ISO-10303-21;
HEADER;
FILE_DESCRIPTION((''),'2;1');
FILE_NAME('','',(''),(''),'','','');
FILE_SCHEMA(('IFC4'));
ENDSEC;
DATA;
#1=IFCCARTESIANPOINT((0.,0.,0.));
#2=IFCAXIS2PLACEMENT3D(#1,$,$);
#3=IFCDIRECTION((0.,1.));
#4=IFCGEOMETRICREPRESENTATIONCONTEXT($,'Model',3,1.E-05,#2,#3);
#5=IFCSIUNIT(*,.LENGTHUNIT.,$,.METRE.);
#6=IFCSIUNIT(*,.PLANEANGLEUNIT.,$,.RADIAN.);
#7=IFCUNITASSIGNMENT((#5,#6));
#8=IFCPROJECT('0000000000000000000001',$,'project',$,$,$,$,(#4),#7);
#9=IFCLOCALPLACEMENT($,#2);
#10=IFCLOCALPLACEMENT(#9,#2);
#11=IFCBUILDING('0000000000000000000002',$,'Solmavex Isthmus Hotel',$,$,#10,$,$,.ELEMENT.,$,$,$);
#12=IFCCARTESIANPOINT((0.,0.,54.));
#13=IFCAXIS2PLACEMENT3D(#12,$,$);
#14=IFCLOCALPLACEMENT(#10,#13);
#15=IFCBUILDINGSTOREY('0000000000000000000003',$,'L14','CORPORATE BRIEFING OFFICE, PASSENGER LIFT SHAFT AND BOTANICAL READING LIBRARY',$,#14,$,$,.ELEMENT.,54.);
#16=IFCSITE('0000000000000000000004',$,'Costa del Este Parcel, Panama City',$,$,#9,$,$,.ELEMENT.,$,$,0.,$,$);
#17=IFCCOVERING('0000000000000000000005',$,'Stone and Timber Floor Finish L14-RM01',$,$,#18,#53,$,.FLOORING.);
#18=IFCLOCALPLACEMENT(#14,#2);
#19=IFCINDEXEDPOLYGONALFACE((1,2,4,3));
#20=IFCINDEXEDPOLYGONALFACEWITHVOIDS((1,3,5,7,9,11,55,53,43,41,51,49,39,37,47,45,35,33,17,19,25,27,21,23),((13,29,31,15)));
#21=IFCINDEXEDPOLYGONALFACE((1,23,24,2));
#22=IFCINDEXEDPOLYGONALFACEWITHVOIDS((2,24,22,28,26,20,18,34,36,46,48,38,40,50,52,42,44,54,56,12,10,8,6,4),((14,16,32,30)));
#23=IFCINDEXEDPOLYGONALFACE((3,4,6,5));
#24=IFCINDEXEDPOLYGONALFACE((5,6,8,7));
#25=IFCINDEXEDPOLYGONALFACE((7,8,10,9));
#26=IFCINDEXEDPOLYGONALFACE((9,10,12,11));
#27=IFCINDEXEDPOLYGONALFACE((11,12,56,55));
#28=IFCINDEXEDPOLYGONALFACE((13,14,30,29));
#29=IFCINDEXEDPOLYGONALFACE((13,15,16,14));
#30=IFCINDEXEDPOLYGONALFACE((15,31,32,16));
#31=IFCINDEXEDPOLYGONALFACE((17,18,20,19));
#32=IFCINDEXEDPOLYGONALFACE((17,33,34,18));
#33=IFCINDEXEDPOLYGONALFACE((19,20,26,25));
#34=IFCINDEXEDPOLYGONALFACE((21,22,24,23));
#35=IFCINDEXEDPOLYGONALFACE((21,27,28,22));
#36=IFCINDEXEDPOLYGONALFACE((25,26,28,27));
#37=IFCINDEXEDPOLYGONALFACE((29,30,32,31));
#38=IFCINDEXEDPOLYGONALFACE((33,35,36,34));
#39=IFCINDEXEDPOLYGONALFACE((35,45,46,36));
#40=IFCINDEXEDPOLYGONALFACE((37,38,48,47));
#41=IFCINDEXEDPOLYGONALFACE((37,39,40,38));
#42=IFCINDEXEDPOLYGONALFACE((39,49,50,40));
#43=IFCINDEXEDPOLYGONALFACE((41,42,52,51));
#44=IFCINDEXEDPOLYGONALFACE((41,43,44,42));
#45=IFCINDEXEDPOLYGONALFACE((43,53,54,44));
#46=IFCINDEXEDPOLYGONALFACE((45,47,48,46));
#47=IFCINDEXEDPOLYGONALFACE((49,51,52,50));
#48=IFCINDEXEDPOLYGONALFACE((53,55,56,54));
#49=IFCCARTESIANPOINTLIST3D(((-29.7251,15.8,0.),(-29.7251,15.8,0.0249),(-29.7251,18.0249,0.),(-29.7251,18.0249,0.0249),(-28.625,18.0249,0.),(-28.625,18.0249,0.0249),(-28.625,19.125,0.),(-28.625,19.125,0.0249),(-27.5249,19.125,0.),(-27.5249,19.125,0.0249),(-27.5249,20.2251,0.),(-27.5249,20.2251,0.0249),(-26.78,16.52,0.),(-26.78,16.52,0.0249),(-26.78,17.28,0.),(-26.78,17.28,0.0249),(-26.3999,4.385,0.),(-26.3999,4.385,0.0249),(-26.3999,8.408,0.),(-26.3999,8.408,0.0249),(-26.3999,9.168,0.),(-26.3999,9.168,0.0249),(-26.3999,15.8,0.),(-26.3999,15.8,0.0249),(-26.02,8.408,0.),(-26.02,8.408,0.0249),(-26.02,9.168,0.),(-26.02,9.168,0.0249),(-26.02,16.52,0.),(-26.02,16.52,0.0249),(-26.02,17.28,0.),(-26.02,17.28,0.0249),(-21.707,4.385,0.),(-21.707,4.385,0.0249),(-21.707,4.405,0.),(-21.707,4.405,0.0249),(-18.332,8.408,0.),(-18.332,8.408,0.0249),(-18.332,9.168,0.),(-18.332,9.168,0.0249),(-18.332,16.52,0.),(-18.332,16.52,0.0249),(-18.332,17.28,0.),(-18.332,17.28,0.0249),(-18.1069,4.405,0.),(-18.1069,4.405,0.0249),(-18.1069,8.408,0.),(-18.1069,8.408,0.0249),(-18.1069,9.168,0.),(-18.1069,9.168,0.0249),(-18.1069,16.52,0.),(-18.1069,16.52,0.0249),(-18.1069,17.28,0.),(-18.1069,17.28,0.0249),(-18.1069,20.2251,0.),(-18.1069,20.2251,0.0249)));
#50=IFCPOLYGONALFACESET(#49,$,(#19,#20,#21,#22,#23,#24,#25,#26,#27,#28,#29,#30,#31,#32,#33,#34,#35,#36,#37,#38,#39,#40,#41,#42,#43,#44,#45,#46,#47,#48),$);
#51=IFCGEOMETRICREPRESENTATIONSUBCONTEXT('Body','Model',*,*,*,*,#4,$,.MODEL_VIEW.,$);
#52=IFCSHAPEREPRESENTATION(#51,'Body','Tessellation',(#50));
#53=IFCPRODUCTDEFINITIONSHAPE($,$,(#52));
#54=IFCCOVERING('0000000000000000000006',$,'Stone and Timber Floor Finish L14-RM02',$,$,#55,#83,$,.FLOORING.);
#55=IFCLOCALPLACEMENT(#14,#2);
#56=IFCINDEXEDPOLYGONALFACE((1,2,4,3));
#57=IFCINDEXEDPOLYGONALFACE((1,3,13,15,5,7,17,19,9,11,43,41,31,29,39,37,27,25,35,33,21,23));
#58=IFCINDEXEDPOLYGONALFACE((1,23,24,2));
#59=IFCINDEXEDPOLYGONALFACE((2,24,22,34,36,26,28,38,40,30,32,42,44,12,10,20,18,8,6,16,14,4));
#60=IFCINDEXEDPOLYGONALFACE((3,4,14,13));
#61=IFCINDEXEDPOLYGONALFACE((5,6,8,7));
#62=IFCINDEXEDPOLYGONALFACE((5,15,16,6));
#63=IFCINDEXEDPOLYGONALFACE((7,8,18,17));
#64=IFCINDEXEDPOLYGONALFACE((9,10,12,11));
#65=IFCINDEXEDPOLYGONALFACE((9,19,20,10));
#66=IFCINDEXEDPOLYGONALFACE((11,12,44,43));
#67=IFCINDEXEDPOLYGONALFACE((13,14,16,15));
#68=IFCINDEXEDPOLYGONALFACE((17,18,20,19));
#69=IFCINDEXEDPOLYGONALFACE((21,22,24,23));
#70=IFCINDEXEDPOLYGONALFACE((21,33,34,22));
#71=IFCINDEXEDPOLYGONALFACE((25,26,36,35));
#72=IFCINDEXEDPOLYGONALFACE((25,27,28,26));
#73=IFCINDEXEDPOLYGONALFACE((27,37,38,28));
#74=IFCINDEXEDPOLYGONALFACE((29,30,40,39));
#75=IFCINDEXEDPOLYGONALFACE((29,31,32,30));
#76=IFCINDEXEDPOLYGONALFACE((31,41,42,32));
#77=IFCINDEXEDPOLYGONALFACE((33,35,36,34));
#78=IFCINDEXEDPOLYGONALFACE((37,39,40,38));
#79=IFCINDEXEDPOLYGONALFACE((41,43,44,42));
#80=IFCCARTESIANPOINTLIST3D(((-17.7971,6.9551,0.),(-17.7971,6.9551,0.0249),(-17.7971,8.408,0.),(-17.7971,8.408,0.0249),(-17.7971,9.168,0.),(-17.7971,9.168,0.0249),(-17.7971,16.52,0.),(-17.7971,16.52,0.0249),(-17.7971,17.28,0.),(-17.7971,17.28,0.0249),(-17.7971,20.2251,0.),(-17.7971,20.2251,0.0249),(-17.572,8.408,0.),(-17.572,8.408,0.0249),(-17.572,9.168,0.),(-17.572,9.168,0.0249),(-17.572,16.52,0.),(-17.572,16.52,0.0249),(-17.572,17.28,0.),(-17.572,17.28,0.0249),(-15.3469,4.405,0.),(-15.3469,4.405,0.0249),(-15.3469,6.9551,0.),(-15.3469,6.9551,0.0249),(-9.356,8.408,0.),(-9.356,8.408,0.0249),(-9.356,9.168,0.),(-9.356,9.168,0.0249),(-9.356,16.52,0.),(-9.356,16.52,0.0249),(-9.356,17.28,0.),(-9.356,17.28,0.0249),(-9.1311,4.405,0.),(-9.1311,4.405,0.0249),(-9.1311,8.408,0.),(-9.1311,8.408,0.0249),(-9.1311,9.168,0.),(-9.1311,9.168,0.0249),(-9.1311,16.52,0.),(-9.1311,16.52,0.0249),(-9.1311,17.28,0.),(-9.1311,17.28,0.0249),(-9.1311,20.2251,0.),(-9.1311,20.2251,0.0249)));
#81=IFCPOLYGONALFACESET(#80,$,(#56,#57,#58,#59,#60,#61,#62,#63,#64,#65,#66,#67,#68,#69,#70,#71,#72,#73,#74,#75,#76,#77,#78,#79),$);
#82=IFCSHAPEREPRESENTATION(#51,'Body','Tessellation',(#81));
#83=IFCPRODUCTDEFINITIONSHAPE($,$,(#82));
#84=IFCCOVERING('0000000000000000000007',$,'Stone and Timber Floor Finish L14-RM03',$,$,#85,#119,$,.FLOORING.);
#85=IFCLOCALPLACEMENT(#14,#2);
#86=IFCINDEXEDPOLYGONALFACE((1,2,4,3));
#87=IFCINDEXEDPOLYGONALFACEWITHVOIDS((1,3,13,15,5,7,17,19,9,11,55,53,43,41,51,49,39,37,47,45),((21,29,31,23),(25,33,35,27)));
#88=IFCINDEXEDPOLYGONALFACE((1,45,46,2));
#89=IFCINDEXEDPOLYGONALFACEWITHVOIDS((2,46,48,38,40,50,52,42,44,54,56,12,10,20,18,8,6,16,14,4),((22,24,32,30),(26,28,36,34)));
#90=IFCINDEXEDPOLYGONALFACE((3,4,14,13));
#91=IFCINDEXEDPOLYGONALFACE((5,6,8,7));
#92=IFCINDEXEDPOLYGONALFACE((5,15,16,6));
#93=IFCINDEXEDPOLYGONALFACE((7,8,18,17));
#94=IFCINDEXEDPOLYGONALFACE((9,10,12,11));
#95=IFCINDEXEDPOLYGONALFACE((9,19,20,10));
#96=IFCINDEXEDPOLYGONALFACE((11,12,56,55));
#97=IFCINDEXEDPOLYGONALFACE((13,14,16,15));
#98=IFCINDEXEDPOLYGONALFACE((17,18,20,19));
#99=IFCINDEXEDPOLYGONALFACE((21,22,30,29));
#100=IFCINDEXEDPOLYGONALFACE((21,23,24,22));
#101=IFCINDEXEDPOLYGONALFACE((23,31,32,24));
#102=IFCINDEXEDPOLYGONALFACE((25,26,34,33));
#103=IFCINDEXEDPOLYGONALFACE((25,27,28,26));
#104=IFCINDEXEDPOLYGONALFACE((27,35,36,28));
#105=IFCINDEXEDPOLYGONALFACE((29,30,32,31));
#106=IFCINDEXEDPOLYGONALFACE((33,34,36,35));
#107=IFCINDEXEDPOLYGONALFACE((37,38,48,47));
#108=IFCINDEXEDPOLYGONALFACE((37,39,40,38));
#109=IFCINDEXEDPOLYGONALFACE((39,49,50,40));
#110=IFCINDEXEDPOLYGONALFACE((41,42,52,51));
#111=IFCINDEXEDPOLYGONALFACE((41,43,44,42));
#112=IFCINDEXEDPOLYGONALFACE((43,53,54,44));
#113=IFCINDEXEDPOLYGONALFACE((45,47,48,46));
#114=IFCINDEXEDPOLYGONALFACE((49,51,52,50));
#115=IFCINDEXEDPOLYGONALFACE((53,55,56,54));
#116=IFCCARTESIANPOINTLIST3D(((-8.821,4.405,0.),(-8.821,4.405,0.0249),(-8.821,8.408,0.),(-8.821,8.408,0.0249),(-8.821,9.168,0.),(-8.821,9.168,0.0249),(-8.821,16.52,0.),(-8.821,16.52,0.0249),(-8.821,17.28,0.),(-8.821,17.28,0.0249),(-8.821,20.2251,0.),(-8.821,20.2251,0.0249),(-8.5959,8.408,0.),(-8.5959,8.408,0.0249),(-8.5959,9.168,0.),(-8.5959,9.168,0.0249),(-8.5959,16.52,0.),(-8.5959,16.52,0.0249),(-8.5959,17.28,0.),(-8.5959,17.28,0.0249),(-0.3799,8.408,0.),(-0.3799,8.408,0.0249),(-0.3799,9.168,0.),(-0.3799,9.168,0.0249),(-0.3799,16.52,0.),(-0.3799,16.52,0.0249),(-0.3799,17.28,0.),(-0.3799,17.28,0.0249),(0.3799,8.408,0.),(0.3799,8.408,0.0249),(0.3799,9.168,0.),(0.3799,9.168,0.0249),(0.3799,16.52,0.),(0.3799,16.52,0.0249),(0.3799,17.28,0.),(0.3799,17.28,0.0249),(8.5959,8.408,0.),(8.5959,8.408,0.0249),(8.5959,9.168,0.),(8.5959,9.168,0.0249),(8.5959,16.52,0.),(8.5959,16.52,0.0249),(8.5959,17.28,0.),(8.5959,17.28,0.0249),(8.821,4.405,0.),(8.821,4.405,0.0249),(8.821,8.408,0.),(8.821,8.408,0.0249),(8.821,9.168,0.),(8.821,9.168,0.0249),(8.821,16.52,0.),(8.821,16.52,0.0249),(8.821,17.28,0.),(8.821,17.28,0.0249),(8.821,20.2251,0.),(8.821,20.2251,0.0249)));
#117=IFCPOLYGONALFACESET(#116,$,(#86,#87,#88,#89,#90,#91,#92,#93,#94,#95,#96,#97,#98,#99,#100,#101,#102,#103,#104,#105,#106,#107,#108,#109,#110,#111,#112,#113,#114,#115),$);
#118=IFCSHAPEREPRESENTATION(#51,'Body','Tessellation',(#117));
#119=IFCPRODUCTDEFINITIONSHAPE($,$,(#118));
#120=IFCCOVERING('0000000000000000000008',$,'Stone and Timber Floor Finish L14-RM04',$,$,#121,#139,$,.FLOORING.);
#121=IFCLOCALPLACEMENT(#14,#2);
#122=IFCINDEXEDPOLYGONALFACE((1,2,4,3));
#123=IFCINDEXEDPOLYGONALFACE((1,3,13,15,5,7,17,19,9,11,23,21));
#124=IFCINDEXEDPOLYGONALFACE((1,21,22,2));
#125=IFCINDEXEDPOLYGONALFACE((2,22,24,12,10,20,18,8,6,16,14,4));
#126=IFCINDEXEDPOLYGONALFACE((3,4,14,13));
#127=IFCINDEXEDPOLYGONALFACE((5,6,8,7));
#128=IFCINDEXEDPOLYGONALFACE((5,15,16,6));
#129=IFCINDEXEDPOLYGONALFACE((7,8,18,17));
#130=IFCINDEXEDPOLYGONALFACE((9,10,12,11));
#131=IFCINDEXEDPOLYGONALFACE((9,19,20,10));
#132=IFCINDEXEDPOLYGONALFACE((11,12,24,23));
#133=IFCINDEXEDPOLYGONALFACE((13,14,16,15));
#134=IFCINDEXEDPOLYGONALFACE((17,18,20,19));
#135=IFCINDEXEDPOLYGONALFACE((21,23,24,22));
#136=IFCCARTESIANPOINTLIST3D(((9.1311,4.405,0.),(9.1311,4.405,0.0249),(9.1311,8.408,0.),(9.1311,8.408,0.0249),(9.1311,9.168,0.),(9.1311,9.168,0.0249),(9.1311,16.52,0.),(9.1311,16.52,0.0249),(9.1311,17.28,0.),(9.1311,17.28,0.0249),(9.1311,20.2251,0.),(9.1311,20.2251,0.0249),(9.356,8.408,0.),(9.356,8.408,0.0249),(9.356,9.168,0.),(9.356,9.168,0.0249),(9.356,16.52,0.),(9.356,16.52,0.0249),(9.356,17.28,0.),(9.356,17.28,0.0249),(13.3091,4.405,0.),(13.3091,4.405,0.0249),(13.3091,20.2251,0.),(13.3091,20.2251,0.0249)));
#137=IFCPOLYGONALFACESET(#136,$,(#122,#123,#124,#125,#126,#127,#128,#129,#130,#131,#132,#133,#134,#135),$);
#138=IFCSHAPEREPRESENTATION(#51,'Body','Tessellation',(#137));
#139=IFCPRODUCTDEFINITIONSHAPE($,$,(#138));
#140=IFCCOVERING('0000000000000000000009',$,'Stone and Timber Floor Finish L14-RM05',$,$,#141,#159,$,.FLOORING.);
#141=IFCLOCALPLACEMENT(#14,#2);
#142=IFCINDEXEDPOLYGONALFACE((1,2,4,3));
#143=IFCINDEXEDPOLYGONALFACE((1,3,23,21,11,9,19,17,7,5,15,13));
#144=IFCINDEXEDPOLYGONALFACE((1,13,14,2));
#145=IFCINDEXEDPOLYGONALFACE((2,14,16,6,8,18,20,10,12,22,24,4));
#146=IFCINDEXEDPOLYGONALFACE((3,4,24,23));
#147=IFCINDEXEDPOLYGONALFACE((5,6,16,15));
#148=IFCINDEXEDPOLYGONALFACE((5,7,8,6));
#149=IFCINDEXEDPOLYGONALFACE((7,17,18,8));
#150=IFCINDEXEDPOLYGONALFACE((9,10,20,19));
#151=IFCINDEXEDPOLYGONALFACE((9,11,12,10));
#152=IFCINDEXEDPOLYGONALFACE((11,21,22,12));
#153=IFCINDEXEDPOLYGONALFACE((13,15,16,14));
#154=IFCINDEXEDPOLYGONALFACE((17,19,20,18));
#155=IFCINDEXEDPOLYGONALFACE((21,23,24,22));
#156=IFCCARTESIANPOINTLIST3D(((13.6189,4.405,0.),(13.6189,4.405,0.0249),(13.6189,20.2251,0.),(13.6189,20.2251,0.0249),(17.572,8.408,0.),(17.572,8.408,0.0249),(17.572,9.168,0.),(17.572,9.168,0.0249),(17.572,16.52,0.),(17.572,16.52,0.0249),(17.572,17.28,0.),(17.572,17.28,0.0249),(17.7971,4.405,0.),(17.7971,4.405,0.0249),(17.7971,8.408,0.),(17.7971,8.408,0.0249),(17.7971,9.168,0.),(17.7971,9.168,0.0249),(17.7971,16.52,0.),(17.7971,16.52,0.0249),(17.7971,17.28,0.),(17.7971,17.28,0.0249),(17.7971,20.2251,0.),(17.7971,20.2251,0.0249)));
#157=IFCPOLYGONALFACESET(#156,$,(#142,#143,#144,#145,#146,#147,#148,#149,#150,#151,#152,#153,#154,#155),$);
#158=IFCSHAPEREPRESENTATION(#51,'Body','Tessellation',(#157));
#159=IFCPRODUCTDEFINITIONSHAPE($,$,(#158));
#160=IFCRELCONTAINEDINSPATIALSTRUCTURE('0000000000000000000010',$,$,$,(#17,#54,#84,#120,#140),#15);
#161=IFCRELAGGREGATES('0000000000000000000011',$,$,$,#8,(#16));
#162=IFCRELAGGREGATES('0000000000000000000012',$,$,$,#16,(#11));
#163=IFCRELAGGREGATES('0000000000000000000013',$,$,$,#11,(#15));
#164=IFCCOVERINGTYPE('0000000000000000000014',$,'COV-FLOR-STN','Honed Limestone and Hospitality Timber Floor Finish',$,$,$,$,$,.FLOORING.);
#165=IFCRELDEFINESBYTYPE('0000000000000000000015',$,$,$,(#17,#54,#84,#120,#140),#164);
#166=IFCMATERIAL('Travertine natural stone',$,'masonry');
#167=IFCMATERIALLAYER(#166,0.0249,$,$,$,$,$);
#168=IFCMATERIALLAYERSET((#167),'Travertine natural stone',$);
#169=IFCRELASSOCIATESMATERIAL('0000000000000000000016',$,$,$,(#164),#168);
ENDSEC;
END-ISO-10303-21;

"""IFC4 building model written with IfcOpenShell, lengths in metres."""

from ifc_helpers import new_model, si_unit, direction, frame, origin, place, context, subcontext, project, spatial, polyline, outline, extrude, material, layer, layer_set, type_object, element, save


model = new_model("IFC4")

# Units and contexts
model_context = context("Model", 3, precision=1e-05, world=origin(), true_north=direction((0.0, 1.0)))
body_context = subcontext(model_context, "Body", "Model", "MODEL_VIEW")
ifc_project = project(units=[si_unit("LENGTHUNIT", "METRE"), si_unit("PLANEANGLEUNIT", "RADIAN")], contexts=[model_context])

# Site, building, storey
site_placement = place(None, origin())
site = spatial("IfcSite", under=ifc_project, at=site_placement, Name="Costa del Este Parcel, Panama City", CompositionType="ELEMENT", RefElevation=0.0)
building_placement = place(site_placement, origin())
building = spatial("IfcBuilding", under=site, at=building_placement, Name="Solmavex Isthmus Hotel", CompositionType="ELEMENT")
storey_placement = place(building_placement, frame((0.0, 0.0, 54.0)))
storey = spatial("IfcBuildingStorey", under=building, at=storey_placement, Name="L14", Description="CORPORATE BRIEFING OFFICE, PASSENGER LIFT SHAFT AND BOTANICAL READING LIBRARY", CompositionType="ELEMENT", Elevation=54.0)

# Coverings
ifc_material_1 = material(Name="Travertine natural stone", Category="masonry")
ifc_layer_1 = layer(ifc_material_1, 0.0249)
ifc_layer_set_1 = layer_set([ifc_layer_1], Name="Travertine natural stone")
covering_type_1 = type_object("IfcCoveringType", Name="COV-FLOR-STN", Description="Honed Limestone and Hospitality Timber Floor Finish", PredefinedType="FLOORING", material=ifc_layer_set_1)
covering_1_placement = place(storey_placement, origin())
element("IfcCovering", 1, at=covering_1_placement, inside=storey, type_object=covering_type_1, Name="Stone and Timber Floor Finish L14-RM01", PredefinedType="FLOORING", context=body_context, shape_type="SweptSolid", body=[
    extrude(outline(polyline([(-21.707, 4.385), (-21.707, 4.405), (-18.1069, 4.405), (-18.1069, 8.408), (-18.332, 8.408), (-18.332, 9.168), (-18.1069, 9.168), (-18.1069, 16.52), (-18.332, 16.52), (-18.332, 17.28), (-18.1069, 17.28), (-18.1069, 20.2251), (-27.5249, 20.2251), (-27.5249, 19.125), (-28.625, 19.125), (-28.625, 18.0249), (-29.7251, 18.0249), (-29.7251, 15.8), (-26.3999, 15.8), (-26.3999, 9.168), (-26.02, 9.168), (-26.02, 8.408), (-26.3999, 8.408), (-26.3999, 4.385), (-21.707, 4.385)]), holes=[polyline([(-26.78, 17.28), (-26.02, 17.28), (-26.02, 16.52), (-26.78, 16.52), (-26.78, 17.28)])]), origin(), (0.0, 0.0, 1.0), 0.0249),
])
covering_2_placement = place(storey_placement, origin())
element("IfcCovering", 2, at=covering_2_placement, inside=storey, type_object=covering_type_1, Name="Stone and Timber Floor Finish L14-RM02", PredefinedType="FLOORING", context=body_context, shape_type="SweptSolid", body=[
    extrude(outline(polyline([(-17.7971, 9.168), (-17.572, 9.168), (-17.572, 8.408), (-17.7971, 8.408), (-17.7971, 6.9551), (-15.3469, 6.9551), (-15.3469, 4.405), (-9.1311, 4.405), (-9.1311, 8.408), (-9.356, 8.408), (-9.356, 9.168), (-9.1311, 9.168), (-9.1311, 16.52), (-9.356, 16.52), (-9.356, 17.28), (-9.1311, 17.28), (-9.1311, 20.2251), (-17.7971, 20.2251), (-17.7971, 17.28), (-17.572, 17.28), (-17.572, 16.52), (-17.7971, 16.52), (-17.7971, 9.168)])), origin(), (0.0, 0.0, 1.0), 0.0249),
])
covering_3_placement = place(storey_placement, origin())
element("IfcCovering", 3, at=covering_3_placement, inside=storey, type_object=covering_type_1, Name="Stone and Timber Floor Finish L14-RM03", PredefinedType="FLOORING", context=body_context, shape_type="SweptSolid", body=[
    extrude(outline(polyline([(-8.821, 9.168), (-8.5959, 9.168), (-8.5959, 8.408), (-8.821, 8.408), (-8.821, 4.405), (8.821, 4.405), (8.821, 8.408), (8.5959, 8.408), (8.5959, 9.168), (8.821, 9.168), (8.821, 16.52), (8.5959, 16.52), (8.5959, 17.28), (8.821, 17.28), (8.821, 20.2251), (-8.821, 20.2251), (-8.821, 17.28), (-8.5959, 17.28), (-8.5959, 16.52), (-8.821, 16.52), (-8.821, 9.168)]), holes=[polyline([(-0.3799, 8.408), (-0.3799, 9.168), (0.3799, 9.168), (0.3799, 8.408), (-0.3799, 8.408)]), polyline([(-0.3799, 17.28), (0.3799, 17.28), (0.3799, 16.52), (-0.3799, 16.52), (-0.3799, 17.28)])]), origin(), (0.0, 0.0, 1.0), 0.0249),
])
covering_4_placement = place(storey_placement, origin())
element("IfcCovering", 4, at=covering_4_placement, inside=storey, type_object=covering_type_1, Name="Stone and Timber Floor Finish L14-RM04", PredefinedType="FLOORING", context=body_context, shape_type="SweptSolid", body=[
    extrude(outline(polyline([(9.1311, 9.168), (9.356, 9.168), (9.356, 8.408), (9.1311, 8.408), (9.1311, 4.405), (13.3091, 4.405), (13.3091, 20.2251), (9.1311, 20.2251), (9.1311, 17.28), (9.356, 17.28), (9.356, 16.52), (9.1311, 16.52), (9.1311, 9.168)])), origin(), (0.0, 0.0, 1.0), 0.0249),
])
covering_5_placement = place(storey_placement, origin())
element("IfcCovering", 5, at=covering_5_placement, inside=storey, type_object=covering_type_1, Name="Stone and Timber Floor Finish L14-RM05", PredefinedType="FLOORING", context=body_context, shape_type="SweptSolid", body=[
    extrude(outline(polyline([(17.7971, 16.52), (17.572, 16.52), (17.572, 17.28), (17.7971, 17.28), (17.7971, 20.2251), (13.6189, 20.2251), (13.6189, 4.405), (17.7971, 4.405), (17.7971, 8.408), (17.572, 8.408), (17.572, 9.168), (17.7971, 9.168), (17.7971, 16.52)])), origin(), (0.0, 0.0, 1.0), 0.0249),
])

save(model, "model.ifc")
